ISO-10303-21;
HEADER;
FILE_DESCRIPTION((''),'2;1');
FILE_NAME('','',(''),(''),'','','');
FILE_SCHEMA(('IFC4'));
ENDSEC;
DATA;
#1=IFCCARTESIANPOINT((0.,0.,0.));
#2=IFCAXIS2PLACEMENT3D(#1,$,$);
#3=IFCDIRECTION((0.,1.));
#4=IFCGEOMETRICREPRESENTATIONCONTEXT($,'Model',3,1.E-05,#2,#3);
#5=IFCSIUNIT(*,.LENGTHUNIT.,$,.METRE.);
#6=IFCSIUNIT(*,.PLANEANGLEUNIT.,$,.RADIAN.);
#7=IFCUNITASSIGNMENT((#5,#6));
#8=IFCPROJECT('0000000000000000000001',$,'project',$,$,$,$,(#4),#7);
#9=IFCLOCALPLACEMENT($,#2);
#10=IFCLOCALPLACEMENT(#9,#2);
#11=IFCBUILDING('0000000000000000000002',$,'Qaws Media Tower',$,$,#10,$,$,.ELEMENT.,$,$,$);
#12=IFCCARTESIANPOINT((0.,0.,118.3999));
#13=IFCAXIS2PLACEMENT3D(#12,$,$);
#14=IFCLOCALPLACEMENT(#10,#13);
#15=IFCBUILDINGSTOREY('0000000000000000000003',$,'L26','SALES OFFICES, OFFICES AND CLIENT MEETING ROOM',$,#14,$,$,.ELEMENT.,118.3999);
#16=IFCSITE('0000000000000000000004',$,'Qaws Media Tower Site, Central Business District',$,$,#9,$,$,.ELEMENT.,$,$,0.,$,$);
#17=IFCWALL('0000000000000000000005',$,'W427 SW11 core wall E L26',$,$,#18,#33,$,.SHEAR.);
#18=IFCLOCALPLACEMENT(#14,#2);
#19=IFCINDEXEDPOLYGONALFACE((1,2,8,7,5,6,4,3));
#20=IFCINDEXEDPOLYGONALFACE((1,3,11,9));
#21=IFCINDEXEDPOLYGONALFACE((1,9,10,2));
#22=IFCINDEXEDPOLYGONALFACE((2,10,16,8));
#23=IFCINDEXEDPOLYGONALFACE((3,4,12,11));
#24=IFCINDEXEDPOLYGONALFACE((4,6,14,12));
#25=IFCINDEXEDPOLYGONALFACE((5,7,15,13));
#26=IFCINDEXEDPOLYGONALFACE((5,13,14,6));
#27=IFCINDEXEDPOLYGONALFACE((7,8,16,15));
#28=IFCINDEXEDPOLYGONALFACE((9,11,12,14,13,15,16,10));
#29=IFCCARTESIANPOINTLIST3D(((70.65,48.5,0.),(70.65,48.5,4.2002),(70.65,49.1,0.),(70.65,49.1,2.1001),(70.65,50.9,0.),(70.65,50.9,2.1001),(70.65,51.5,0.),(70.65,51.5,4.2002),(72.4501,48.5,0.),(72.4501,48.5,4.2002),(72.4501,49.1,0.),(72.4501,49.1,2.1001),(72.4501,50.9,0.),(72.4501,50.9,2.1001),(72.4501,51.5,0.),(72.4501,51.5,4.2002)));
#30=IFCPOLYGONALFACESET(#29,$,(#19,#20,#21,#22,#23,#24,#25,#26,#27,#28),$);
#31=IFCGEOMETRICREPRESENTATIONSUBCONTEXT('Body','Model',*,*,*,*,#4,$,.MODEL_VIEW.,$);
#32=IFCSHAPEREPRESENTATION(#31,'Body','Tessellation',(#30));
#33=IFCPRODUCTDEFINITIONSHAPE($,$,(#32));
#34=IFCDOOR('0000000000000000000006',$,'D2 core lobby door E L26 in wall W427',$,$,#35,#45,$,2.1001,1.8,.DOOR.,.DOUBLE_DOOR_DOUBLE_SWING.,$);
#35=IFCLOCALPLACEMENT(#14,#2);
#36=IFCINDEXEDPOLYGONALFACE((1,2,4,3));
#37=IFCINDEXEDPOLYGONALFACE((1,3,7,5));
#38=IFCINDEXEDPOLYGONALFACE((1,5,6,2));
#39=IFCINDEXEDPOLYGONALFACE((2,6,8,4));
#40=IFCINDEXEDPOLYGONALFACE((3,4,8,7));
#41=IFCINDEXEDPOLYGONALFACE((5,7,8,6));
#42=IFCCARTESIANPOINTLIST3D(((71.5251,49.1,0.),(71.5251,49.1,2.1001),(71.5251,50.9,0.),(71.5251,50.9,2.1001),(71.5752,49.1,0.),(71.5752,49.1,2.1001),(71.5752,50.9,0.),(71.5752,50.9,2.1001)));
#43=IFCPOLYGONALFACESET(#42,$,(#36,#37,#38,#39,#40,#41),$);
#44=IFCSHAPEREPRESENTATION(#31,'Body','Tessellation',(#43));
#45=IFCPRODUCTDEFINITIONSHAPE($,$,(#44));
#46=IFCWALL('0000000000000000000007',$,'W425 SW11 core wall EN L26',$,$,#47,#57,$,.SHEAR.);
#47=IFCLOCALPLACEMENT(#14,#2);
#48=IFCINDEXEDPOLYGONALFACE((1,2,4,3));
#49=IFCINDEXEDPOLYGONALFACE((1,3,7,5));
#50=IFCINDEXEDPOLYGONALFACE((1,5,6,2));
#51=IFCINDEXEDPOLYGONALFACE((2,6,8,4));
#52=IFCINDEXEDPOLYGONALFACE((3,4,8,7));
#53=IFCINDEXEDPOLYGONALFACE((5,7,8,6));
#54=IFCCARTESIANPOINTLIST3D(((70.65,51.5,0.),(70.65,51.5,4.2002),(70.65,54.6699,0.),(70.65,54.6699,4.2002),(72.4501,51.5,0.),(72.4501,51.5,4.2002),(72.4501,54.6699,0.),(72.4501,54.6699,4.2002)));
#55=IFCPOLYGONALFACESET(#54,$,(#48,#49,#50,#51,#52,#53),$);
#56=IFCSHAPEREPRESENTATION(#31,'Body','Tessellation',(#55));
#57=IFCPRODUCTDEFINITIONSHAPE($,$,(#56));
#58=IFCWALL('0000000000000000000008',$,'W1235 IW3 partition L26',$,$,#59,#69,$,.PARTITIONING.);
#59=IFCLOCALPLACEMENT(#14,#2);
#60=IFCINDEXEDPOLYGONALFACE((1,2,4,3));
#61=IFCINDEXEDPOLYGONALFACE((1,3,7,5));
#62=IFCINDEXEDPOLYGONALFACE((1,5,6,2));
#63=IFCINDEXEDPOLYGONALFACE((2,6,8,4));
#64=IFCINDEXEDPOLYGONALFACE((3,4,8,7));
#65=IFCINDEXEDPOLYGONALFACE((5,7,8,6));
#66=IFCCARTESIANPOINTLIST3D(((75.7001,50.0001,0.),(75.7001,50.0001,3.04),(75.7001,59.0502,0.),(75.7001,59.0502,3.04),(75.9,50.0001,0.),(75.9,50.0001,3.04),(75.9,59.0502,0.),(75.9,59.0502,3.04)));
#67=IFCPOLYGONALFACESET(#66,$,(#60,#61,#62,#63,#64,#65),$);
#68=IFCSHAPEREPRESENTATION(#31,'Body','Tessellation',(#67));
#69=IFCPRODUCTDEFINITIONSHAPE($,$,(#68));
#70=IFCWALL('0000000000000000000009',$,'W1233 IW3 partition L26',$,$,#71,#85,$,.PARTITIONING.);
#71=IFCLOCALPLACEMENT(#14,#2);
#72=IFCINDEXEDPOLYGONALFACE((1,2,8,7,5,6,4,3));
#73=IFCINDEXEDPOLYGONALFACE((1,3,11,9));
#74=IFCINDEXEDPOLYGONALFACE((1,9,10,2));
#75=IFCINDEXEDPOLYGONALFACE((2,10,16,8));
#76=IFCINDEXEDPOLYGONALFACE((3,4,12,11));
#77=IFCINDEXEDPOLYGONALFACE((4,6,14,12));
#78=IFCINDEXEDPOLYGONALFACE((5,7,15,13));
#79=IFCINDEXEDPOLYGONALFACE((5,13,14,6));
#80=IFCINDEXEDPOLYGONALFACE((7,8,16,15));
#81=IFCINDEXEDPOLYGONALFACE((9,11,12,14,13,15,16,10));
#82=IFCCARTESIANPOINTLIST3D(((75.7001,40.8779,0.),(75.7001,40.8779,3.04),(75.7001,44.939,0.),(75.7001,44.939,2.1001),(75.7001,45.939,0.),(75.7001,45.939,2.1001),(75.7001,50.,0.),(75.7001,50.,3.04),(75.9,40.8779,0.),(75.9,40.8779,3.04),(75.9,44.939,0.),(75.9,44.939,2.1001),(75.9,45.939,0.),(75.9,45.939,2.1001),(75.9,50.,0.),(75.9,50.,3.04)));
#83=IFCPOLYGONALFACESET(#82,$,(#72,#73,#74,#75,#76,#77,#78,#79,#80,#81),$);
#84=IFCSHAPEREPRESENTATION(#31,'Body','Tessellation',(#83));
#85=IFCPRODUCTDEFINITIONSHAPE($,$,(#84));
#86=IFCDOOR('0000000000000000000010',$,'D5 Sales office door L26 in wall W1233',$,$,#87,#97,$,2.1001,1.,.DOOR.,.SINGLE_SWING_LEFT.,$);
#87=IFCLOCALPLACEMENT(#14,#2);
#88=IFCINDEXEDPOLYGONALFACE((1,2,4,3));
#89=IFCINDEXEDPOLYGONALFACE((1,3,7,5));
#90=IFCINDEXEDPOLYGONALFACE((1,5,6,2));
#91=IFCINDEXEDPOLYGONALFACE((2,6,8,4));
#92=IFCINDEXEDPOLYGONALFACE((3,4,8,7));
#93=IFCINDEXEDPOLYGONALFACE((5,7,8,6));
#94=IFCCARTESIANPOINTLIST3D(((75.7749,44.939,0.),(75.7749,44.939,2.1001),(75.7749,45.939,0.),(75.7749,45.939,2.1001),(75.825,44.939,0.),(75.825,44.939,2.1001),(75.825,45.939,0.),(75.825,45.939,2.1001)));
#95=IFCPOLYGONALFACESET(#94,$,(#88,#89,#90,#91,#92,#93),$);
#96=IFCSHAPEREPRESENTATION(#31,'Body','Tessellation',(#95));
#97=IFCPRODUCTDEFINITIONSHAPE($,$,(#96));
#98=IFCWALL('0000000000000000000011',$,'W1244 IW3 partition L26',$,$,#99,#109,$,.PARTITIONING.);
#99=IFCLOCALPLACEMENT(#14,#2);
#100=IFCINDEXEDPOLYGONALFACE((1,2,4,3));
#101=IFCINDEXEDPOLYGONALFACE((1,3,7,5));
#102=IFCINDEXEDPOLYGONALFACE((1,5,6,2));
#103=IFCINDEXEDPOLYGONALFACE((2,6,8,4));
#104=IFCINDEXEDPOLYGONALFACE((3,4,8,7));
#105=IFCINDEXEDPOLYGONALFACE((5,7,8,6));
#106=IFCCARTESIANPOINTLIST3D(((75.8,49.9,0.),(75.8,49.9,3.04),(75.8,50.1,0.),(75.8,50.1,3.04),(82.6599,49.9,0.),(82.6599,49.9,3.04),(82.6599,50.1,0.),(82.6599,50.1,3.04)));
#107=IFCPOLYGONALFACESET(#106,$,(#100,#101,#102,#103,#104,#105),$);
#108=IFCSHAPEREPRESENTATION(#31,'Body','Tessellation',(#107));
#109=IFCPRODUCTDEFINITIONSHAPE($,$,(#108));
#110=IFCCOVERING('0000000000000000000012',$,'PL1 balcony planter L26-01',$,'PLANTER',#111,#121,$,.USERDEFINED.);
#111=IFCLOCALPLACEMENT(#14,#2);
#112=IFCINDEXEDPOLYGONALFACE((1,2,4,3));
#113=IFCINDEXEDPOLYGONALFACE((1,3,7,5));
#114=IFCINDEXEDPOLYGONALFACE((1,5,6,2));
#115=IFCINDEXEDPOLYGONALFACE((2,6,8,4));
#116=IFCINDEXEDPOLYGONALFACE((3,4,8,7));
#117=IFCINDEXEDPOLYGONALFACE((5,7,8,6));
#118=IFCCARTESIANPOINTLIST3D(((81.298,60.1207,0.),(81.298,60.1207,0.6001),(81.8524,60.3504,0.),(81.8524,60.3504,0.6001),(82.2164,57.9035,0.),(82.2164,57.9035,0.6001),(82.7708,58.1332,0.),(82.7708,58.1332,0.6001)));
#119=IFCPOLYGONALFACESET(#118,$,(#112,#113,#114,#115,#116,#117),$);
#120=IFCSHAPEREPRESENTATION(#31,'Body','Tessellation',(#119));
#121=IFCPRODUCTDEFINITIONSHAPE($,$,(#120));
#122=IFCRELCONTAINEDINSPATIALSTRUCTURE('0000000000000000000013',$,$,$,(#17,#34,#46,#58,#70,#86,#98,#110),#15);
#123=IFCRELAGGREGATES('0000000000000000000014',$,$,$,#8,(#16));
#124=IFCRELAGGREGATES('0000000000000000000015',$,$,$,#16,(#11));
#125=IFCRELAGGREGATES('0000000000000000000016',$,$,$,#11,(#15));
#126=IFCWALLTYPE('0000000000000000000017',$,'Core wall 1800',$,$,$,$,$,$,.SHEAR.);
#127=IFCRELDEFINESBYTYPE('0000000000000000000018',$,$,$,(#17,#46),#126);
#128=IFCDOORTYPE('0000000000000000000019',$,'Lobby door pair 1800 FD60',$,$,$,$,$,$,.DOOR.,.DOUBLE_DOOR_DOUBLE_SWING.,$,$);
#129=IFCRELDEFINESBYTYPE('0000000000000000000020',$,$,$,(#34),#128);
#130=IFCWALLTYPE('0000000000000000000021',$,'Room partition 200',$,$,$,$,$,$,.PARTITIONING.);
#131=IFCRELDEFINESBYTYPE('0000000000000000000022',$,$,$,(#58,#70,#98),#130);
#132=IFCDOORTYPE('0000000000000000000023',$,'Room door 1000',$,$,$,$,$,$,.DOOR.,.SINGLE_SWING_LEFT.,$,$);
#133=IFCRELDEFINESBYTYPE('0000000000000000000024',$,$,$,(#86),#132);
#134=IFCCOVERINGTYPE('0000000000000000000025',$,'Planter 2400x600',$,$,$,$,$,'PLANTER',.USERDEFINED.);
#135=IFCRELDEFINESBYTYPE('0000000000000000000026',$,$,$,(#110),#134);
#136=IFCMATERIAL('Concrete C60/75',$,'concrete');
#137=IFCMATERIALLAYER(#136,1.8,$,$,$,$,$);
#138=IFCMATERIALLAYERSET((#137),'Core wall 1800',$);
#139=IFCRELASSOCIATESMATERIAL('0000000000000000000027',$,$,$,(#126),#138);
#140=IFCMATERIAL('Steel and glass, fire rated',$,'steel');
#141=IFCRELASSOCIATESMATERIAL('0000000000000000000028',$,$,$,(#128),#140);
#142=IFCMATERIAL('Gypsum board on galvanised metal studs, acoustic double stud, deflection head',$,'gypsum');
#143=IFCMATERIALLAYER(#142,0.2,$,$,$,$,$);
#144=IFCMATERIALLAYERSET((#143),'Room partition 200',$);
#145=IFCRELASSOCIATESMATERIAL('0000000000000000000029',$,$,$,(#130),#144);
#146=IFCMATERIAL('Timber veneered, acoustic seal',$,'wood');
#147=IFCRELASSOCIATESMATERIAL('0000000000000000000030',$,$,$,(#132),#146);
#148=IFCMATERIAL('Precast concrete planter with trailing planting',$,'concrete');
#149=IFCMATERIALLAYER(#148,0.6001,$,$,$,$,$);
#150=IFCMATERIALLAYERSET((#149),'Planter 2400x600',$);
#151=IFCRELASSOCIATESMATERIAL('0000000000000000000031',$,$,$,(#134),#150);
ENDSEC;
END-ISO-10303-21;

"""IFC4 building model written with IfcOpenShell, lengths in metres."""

from ifc_helpers import new_model, si_unit, direction, frame, frame_2d, origin, origin_2d, place, context, subcontext, project, spatial, rectangle, extrude, material, layer, layer_set, type_object, element, fill, save


model = new_model("IFC4")

# Units and contexts
model_context = context("Model", 3, precision=1e-05, world=origin(), true_north=direction((0.0, 1.0)))
body_context = subcontext(model_context, "Body", "Model", "MODEL_VIEW")
ifc_project = project(units=[si_unit("LENGTHUNIT", "METRE"), si_unit("PLANEANGLEUNIT", "RADIAN")], contexts=[model_context])

# Site, building, storey
site_placement = place(None, origin())
site = spatial("IfcSite", under=ifc_project, at=site_placement, Name="Qaws Media Tower Site, Central Business District", CompositionType="ELEMENT", RefElevation=0.0)
building_placement = place(site_placement, origin())
building = spatial("IfcBuilding", under=site, at=building_placement, Name="Qaws Media Tower", CompositionType="ELEMENT")
storey_placement = place(building_placement, frame((0.0, 0.0, 118.3999)))
storey = spatial("IfcBuildingStorey", under=building, at=storey_placement, Name="L26", Description="SALES OFFICES, OFFICES AND CLIENT MEETING ROOM", CompositionType="ELEMENT", Elevation=118.3999)

# Wall, opening, door
ifc_material_1 = material(Name="Concrete C60/75", Category="concrete")
ifc_layer_1 = layer(ifc_material_1, 1.8)
ifc_layer_set_1 = layer_set([ifc_layer_1], Name="Core wall 1800")
wall_type_1 = type_object("IfcWallType", Name="Core wall 1800", PredefinedType="SHEAR", material=ifc_layer_set_1)
wall_1_placement = place(storey_placement, frame((71.55, 48.5, 0.0), z_axis=(0.0, 0.0, 1.0), x_axis=(0.0, 1.0, 0.0)))
wall_1 = element("IfcWall", 1, at=wall_1_placement, inside=storey, type_object=wall_type_1, Name="W427 SW11 core wall E L26", PredefinedType="SHEAR", context=body_context, shape_type="SweptSolid", body=[
    extrude(rectangle(XDim=3.0, YDim=1.8, at=frame_2d((1.5, 0.0))), origin(), (0.0, 0.0, 1.0), 4.2002),
])
opening_1_placement = place(wall_1_placement, frame((0.6001, 0.0, 0.0)))
opening_1 = element("IfcOpeningElement", 2, at=opening_1_placement, cuts=wall_1, PredefinedType="OPENING", context=body_context, shape_type="SweptSolid", body=[
    extrude(rectangle(XDim=1.8, YDim=2.1001, at=frame_2d((0.8999, 1.05))), frame((0.0, 0.9099, 0.0), z_axis=(0.0, -1.0, 0.0), x_axis=(1.0, 0.0, 0.0)), (0.0, 0.0, 1.0), 1.8201),
])
ifc_material_2 = material(Name="Steel and glass, fire rated", Category="steel")
door_type_1 = type_object("IfcDoorType", Name="Lobby door pair 1800 FD60", OperationType="DOUBLE_DOOR_DOUBLE_SWING", PredefinedType="DOOR", material=ifc_material_2)
door_1_placement = place(opening_1_placement, origin())
door_1 = element("IfcDoor", 3, at=door_1_placement, inside=storey, type_object=door_type_1, Name="D2 core lobby door E L26 in wall W427", OperationType="DOUBLE_DOOR_DOUBLE_SWING", OverallHeight=2.1001, OverallWidth=1.8, PredefinedType="DOOR", context=body_context, shape_type="SweptSolid", body=[
    extrude(rectangle(XDim=1.8, YDim=2.1001, at=frame_2d((0.8999, 1.05))), frame((0.0, 0.0249, 0.0), z_axis=(0.0, -1.0, 0.0), x_axis=(1.0, 0.0, 0.0)), (0.0, 0.0, 1.0), 0.05),
])
fill(opening_1, door_1)

# Walls
wall_2_placement = place(storey_placement, frame((71.55, 51.5, 0.0), z_axis=(0.0, 0.0, 1.0), x_axis=(0.0, 1.0, 0.0)))
element("IfcWall", 4, at=wall_2_placement, inside=storey, type_object=wall_type_1, Name="W425 SW11 core wall EN L26", PredefinedType="SHEAR", context=body_context, shape_type="SweptSolid", body=[
    extrude(rectangle(XDim=3.1699, YDim=1.8, at=frame_2d((1.585, 0.0))), origin(), (0.0, 0.0, 1.0), 4.2002),
])
ifc_material_3 = material(Name="Gypsum board on galvanised metal studs, acoustic double stud, deflection head", Category="gypsum")
ifc_layer_2 = layer(ifc_material_3, 0.2)
ifc_layer_set_2 = layer_set([ifc_layer_2], Name="Room partition 200")
wall_type_2 = type_object("IfcWallType", Name="Room partition 200", PredefinedType="PARTITIONING", material=ifc_layer_set_2)
wall_3_placement = place(storey_placement, frame((75.8, 59.05, 0.0), z_axis=(0.0, 0.0, 1.0), x_axis=(0.0, -1.0, 0.0)))
element("IfcWall", 5, at=wall_3_placement, inside=storey, type_object=wall_type_2, Name="W1235 IW3 partition L26", PredefinedType="PARTITIONING", context=body_context, shape_type="SweptSolid", body=[
    extrude(rectangle(XDim=9.05, YDim=0.2, at=frame_2d((4.5249, 0.0))), origin(), (0.0, 0.0, 1.0), 3.04),
])

# Wall, opening, door
wall_4_placement = place(storey_placement, frame((75.8, 50.0, 0.0), z_axis=(0.0, 0.0, 1.0), x_axis=(0.0, -1.0, 0.0)))
wall_4 = element("IfcWall", 6, at=wall_4_placement, inside=storey, type_object=wall_type_2, Name="W1233 IW3 partition L26", PredefinedType="PARTITIONING", context=body_context, shape_type="SweptSolid", body=[
    extrude(rectangle(XDim=9.1221, YDim=0.2, at=frame_2d((4.561, 0.0))), origin(), (0.0, 0.0, 1.0), 3.04),
])
opening_2_placement = place(wall_4_placement, frame((4.061, 0.0, 0.0)))
opening_2 = element("IfcOpeningElement", 7, at=opening_2_placement, cuts=wall_4, PredefinedType="OPENING", context=body_context, shape_type="SweptSolid", body=[
    extrude(rectangle(XDim=1.0, YDim=2.1001, at=frame_2d((0.5, 1.05))), frame((0.0, 0.1099, 0.0), z_axis=(0.0, -1.0, 0.0), x_axis=(1.0, 0.0, 0.0)), (0.0, 0.0, 1.0), 0.22),
])
ifc_material_4 = material(Name="Timber veneered, acoustic seal", Category="wood")
door_type_2 = type_object("IfcDoorType", Name="Room door 1000", OperationType="SINGLE_SWING_LEFT", PredefinedType="DOOR", material=ifc_material_4)
door_2_placement = place(opening_2_placement, origin())
door_2 = element("IfcDoor", 8, at=door_2_placement, inside=storey, type_object=door_type_2, Name="D5 Sales office door L26 in wall W1233", OperationType="SINGLE_SWING_LEFT", OverallHeight=2.1001, OverallWidth=1.0, PredefinedType="DOOR", context=body_context, shape_type="SweptSolid", body=[
    extrude(rectangle(XDim=1.0, YDim=2.1001, at=frame_2d((0.5, 1.05))), frame((0.0, 0.0249, 0.0), z_axis=(0.0, -1.0, 0.0), x_axis=(1.0, 0.0, 0.0)), (0.0, 0.0, 1.0), 0.05),
])
fill(opening_2, door_2)

# Wall
wall_5_placement = place(storey_placement, frame((75.8, 50.0, 0.0), z_axis=(0.0, 0.0, 1.0), x_axis=(1.0, 0.0, 0.0)))
element("IfcWall", 9, at=wall_5_placement, inside=storey, type_object=wall_type_2, Name="W1244 IW3 partition L26", PredefinedType="PARTITIONING", context=body_context, shape_type="SweptSolid", body=[
    extrude(rectangle(XDim=6.8599, YDim=0.2, at=frame_2d((3.4299, 0.0))), origin(), (0.0, 0.0, 1.0), 3.04),
])

# Covering
ifc_material_5 = material(Name="Precast concrete planter with trailing planting", Category="concrete")
ifc_layer_3 = layer(ifc_material_5, 0.6001)
ifc_layer_set_3 = layer_set([ifc_layer_3], Name="Planter 2400x600")
covering_type = type_object("IfcCoveringType", Name="Planter 2400x600", ElementType="PLANTER", PredefinedType="USERDEFINED", material=ifc_layer_set_3)
covering_placement = place(storey_placement, frame((82.0344, 59.127, 0.0), z_axis=(0.0, 0.0, 1.0), x_axis=(-0.382683, 0.92388, 0.0)))
element("IfcCovering", 10, at=covering_placement, inside=storey, type_object=covering_type, Name="PL1 balcony planter L26-01", ObjectType="PLANTER", PredefinedType="USERDEFINED", context=body_context, shape_type="SweptSolid", body=[
    extrude(rectangle(XDim=2.3999, YDim=0.6001, at=origin_2d()), origin(), (0.0, 0.0, 1.0), 0.6001),
])

save(model, "model.ifc")
